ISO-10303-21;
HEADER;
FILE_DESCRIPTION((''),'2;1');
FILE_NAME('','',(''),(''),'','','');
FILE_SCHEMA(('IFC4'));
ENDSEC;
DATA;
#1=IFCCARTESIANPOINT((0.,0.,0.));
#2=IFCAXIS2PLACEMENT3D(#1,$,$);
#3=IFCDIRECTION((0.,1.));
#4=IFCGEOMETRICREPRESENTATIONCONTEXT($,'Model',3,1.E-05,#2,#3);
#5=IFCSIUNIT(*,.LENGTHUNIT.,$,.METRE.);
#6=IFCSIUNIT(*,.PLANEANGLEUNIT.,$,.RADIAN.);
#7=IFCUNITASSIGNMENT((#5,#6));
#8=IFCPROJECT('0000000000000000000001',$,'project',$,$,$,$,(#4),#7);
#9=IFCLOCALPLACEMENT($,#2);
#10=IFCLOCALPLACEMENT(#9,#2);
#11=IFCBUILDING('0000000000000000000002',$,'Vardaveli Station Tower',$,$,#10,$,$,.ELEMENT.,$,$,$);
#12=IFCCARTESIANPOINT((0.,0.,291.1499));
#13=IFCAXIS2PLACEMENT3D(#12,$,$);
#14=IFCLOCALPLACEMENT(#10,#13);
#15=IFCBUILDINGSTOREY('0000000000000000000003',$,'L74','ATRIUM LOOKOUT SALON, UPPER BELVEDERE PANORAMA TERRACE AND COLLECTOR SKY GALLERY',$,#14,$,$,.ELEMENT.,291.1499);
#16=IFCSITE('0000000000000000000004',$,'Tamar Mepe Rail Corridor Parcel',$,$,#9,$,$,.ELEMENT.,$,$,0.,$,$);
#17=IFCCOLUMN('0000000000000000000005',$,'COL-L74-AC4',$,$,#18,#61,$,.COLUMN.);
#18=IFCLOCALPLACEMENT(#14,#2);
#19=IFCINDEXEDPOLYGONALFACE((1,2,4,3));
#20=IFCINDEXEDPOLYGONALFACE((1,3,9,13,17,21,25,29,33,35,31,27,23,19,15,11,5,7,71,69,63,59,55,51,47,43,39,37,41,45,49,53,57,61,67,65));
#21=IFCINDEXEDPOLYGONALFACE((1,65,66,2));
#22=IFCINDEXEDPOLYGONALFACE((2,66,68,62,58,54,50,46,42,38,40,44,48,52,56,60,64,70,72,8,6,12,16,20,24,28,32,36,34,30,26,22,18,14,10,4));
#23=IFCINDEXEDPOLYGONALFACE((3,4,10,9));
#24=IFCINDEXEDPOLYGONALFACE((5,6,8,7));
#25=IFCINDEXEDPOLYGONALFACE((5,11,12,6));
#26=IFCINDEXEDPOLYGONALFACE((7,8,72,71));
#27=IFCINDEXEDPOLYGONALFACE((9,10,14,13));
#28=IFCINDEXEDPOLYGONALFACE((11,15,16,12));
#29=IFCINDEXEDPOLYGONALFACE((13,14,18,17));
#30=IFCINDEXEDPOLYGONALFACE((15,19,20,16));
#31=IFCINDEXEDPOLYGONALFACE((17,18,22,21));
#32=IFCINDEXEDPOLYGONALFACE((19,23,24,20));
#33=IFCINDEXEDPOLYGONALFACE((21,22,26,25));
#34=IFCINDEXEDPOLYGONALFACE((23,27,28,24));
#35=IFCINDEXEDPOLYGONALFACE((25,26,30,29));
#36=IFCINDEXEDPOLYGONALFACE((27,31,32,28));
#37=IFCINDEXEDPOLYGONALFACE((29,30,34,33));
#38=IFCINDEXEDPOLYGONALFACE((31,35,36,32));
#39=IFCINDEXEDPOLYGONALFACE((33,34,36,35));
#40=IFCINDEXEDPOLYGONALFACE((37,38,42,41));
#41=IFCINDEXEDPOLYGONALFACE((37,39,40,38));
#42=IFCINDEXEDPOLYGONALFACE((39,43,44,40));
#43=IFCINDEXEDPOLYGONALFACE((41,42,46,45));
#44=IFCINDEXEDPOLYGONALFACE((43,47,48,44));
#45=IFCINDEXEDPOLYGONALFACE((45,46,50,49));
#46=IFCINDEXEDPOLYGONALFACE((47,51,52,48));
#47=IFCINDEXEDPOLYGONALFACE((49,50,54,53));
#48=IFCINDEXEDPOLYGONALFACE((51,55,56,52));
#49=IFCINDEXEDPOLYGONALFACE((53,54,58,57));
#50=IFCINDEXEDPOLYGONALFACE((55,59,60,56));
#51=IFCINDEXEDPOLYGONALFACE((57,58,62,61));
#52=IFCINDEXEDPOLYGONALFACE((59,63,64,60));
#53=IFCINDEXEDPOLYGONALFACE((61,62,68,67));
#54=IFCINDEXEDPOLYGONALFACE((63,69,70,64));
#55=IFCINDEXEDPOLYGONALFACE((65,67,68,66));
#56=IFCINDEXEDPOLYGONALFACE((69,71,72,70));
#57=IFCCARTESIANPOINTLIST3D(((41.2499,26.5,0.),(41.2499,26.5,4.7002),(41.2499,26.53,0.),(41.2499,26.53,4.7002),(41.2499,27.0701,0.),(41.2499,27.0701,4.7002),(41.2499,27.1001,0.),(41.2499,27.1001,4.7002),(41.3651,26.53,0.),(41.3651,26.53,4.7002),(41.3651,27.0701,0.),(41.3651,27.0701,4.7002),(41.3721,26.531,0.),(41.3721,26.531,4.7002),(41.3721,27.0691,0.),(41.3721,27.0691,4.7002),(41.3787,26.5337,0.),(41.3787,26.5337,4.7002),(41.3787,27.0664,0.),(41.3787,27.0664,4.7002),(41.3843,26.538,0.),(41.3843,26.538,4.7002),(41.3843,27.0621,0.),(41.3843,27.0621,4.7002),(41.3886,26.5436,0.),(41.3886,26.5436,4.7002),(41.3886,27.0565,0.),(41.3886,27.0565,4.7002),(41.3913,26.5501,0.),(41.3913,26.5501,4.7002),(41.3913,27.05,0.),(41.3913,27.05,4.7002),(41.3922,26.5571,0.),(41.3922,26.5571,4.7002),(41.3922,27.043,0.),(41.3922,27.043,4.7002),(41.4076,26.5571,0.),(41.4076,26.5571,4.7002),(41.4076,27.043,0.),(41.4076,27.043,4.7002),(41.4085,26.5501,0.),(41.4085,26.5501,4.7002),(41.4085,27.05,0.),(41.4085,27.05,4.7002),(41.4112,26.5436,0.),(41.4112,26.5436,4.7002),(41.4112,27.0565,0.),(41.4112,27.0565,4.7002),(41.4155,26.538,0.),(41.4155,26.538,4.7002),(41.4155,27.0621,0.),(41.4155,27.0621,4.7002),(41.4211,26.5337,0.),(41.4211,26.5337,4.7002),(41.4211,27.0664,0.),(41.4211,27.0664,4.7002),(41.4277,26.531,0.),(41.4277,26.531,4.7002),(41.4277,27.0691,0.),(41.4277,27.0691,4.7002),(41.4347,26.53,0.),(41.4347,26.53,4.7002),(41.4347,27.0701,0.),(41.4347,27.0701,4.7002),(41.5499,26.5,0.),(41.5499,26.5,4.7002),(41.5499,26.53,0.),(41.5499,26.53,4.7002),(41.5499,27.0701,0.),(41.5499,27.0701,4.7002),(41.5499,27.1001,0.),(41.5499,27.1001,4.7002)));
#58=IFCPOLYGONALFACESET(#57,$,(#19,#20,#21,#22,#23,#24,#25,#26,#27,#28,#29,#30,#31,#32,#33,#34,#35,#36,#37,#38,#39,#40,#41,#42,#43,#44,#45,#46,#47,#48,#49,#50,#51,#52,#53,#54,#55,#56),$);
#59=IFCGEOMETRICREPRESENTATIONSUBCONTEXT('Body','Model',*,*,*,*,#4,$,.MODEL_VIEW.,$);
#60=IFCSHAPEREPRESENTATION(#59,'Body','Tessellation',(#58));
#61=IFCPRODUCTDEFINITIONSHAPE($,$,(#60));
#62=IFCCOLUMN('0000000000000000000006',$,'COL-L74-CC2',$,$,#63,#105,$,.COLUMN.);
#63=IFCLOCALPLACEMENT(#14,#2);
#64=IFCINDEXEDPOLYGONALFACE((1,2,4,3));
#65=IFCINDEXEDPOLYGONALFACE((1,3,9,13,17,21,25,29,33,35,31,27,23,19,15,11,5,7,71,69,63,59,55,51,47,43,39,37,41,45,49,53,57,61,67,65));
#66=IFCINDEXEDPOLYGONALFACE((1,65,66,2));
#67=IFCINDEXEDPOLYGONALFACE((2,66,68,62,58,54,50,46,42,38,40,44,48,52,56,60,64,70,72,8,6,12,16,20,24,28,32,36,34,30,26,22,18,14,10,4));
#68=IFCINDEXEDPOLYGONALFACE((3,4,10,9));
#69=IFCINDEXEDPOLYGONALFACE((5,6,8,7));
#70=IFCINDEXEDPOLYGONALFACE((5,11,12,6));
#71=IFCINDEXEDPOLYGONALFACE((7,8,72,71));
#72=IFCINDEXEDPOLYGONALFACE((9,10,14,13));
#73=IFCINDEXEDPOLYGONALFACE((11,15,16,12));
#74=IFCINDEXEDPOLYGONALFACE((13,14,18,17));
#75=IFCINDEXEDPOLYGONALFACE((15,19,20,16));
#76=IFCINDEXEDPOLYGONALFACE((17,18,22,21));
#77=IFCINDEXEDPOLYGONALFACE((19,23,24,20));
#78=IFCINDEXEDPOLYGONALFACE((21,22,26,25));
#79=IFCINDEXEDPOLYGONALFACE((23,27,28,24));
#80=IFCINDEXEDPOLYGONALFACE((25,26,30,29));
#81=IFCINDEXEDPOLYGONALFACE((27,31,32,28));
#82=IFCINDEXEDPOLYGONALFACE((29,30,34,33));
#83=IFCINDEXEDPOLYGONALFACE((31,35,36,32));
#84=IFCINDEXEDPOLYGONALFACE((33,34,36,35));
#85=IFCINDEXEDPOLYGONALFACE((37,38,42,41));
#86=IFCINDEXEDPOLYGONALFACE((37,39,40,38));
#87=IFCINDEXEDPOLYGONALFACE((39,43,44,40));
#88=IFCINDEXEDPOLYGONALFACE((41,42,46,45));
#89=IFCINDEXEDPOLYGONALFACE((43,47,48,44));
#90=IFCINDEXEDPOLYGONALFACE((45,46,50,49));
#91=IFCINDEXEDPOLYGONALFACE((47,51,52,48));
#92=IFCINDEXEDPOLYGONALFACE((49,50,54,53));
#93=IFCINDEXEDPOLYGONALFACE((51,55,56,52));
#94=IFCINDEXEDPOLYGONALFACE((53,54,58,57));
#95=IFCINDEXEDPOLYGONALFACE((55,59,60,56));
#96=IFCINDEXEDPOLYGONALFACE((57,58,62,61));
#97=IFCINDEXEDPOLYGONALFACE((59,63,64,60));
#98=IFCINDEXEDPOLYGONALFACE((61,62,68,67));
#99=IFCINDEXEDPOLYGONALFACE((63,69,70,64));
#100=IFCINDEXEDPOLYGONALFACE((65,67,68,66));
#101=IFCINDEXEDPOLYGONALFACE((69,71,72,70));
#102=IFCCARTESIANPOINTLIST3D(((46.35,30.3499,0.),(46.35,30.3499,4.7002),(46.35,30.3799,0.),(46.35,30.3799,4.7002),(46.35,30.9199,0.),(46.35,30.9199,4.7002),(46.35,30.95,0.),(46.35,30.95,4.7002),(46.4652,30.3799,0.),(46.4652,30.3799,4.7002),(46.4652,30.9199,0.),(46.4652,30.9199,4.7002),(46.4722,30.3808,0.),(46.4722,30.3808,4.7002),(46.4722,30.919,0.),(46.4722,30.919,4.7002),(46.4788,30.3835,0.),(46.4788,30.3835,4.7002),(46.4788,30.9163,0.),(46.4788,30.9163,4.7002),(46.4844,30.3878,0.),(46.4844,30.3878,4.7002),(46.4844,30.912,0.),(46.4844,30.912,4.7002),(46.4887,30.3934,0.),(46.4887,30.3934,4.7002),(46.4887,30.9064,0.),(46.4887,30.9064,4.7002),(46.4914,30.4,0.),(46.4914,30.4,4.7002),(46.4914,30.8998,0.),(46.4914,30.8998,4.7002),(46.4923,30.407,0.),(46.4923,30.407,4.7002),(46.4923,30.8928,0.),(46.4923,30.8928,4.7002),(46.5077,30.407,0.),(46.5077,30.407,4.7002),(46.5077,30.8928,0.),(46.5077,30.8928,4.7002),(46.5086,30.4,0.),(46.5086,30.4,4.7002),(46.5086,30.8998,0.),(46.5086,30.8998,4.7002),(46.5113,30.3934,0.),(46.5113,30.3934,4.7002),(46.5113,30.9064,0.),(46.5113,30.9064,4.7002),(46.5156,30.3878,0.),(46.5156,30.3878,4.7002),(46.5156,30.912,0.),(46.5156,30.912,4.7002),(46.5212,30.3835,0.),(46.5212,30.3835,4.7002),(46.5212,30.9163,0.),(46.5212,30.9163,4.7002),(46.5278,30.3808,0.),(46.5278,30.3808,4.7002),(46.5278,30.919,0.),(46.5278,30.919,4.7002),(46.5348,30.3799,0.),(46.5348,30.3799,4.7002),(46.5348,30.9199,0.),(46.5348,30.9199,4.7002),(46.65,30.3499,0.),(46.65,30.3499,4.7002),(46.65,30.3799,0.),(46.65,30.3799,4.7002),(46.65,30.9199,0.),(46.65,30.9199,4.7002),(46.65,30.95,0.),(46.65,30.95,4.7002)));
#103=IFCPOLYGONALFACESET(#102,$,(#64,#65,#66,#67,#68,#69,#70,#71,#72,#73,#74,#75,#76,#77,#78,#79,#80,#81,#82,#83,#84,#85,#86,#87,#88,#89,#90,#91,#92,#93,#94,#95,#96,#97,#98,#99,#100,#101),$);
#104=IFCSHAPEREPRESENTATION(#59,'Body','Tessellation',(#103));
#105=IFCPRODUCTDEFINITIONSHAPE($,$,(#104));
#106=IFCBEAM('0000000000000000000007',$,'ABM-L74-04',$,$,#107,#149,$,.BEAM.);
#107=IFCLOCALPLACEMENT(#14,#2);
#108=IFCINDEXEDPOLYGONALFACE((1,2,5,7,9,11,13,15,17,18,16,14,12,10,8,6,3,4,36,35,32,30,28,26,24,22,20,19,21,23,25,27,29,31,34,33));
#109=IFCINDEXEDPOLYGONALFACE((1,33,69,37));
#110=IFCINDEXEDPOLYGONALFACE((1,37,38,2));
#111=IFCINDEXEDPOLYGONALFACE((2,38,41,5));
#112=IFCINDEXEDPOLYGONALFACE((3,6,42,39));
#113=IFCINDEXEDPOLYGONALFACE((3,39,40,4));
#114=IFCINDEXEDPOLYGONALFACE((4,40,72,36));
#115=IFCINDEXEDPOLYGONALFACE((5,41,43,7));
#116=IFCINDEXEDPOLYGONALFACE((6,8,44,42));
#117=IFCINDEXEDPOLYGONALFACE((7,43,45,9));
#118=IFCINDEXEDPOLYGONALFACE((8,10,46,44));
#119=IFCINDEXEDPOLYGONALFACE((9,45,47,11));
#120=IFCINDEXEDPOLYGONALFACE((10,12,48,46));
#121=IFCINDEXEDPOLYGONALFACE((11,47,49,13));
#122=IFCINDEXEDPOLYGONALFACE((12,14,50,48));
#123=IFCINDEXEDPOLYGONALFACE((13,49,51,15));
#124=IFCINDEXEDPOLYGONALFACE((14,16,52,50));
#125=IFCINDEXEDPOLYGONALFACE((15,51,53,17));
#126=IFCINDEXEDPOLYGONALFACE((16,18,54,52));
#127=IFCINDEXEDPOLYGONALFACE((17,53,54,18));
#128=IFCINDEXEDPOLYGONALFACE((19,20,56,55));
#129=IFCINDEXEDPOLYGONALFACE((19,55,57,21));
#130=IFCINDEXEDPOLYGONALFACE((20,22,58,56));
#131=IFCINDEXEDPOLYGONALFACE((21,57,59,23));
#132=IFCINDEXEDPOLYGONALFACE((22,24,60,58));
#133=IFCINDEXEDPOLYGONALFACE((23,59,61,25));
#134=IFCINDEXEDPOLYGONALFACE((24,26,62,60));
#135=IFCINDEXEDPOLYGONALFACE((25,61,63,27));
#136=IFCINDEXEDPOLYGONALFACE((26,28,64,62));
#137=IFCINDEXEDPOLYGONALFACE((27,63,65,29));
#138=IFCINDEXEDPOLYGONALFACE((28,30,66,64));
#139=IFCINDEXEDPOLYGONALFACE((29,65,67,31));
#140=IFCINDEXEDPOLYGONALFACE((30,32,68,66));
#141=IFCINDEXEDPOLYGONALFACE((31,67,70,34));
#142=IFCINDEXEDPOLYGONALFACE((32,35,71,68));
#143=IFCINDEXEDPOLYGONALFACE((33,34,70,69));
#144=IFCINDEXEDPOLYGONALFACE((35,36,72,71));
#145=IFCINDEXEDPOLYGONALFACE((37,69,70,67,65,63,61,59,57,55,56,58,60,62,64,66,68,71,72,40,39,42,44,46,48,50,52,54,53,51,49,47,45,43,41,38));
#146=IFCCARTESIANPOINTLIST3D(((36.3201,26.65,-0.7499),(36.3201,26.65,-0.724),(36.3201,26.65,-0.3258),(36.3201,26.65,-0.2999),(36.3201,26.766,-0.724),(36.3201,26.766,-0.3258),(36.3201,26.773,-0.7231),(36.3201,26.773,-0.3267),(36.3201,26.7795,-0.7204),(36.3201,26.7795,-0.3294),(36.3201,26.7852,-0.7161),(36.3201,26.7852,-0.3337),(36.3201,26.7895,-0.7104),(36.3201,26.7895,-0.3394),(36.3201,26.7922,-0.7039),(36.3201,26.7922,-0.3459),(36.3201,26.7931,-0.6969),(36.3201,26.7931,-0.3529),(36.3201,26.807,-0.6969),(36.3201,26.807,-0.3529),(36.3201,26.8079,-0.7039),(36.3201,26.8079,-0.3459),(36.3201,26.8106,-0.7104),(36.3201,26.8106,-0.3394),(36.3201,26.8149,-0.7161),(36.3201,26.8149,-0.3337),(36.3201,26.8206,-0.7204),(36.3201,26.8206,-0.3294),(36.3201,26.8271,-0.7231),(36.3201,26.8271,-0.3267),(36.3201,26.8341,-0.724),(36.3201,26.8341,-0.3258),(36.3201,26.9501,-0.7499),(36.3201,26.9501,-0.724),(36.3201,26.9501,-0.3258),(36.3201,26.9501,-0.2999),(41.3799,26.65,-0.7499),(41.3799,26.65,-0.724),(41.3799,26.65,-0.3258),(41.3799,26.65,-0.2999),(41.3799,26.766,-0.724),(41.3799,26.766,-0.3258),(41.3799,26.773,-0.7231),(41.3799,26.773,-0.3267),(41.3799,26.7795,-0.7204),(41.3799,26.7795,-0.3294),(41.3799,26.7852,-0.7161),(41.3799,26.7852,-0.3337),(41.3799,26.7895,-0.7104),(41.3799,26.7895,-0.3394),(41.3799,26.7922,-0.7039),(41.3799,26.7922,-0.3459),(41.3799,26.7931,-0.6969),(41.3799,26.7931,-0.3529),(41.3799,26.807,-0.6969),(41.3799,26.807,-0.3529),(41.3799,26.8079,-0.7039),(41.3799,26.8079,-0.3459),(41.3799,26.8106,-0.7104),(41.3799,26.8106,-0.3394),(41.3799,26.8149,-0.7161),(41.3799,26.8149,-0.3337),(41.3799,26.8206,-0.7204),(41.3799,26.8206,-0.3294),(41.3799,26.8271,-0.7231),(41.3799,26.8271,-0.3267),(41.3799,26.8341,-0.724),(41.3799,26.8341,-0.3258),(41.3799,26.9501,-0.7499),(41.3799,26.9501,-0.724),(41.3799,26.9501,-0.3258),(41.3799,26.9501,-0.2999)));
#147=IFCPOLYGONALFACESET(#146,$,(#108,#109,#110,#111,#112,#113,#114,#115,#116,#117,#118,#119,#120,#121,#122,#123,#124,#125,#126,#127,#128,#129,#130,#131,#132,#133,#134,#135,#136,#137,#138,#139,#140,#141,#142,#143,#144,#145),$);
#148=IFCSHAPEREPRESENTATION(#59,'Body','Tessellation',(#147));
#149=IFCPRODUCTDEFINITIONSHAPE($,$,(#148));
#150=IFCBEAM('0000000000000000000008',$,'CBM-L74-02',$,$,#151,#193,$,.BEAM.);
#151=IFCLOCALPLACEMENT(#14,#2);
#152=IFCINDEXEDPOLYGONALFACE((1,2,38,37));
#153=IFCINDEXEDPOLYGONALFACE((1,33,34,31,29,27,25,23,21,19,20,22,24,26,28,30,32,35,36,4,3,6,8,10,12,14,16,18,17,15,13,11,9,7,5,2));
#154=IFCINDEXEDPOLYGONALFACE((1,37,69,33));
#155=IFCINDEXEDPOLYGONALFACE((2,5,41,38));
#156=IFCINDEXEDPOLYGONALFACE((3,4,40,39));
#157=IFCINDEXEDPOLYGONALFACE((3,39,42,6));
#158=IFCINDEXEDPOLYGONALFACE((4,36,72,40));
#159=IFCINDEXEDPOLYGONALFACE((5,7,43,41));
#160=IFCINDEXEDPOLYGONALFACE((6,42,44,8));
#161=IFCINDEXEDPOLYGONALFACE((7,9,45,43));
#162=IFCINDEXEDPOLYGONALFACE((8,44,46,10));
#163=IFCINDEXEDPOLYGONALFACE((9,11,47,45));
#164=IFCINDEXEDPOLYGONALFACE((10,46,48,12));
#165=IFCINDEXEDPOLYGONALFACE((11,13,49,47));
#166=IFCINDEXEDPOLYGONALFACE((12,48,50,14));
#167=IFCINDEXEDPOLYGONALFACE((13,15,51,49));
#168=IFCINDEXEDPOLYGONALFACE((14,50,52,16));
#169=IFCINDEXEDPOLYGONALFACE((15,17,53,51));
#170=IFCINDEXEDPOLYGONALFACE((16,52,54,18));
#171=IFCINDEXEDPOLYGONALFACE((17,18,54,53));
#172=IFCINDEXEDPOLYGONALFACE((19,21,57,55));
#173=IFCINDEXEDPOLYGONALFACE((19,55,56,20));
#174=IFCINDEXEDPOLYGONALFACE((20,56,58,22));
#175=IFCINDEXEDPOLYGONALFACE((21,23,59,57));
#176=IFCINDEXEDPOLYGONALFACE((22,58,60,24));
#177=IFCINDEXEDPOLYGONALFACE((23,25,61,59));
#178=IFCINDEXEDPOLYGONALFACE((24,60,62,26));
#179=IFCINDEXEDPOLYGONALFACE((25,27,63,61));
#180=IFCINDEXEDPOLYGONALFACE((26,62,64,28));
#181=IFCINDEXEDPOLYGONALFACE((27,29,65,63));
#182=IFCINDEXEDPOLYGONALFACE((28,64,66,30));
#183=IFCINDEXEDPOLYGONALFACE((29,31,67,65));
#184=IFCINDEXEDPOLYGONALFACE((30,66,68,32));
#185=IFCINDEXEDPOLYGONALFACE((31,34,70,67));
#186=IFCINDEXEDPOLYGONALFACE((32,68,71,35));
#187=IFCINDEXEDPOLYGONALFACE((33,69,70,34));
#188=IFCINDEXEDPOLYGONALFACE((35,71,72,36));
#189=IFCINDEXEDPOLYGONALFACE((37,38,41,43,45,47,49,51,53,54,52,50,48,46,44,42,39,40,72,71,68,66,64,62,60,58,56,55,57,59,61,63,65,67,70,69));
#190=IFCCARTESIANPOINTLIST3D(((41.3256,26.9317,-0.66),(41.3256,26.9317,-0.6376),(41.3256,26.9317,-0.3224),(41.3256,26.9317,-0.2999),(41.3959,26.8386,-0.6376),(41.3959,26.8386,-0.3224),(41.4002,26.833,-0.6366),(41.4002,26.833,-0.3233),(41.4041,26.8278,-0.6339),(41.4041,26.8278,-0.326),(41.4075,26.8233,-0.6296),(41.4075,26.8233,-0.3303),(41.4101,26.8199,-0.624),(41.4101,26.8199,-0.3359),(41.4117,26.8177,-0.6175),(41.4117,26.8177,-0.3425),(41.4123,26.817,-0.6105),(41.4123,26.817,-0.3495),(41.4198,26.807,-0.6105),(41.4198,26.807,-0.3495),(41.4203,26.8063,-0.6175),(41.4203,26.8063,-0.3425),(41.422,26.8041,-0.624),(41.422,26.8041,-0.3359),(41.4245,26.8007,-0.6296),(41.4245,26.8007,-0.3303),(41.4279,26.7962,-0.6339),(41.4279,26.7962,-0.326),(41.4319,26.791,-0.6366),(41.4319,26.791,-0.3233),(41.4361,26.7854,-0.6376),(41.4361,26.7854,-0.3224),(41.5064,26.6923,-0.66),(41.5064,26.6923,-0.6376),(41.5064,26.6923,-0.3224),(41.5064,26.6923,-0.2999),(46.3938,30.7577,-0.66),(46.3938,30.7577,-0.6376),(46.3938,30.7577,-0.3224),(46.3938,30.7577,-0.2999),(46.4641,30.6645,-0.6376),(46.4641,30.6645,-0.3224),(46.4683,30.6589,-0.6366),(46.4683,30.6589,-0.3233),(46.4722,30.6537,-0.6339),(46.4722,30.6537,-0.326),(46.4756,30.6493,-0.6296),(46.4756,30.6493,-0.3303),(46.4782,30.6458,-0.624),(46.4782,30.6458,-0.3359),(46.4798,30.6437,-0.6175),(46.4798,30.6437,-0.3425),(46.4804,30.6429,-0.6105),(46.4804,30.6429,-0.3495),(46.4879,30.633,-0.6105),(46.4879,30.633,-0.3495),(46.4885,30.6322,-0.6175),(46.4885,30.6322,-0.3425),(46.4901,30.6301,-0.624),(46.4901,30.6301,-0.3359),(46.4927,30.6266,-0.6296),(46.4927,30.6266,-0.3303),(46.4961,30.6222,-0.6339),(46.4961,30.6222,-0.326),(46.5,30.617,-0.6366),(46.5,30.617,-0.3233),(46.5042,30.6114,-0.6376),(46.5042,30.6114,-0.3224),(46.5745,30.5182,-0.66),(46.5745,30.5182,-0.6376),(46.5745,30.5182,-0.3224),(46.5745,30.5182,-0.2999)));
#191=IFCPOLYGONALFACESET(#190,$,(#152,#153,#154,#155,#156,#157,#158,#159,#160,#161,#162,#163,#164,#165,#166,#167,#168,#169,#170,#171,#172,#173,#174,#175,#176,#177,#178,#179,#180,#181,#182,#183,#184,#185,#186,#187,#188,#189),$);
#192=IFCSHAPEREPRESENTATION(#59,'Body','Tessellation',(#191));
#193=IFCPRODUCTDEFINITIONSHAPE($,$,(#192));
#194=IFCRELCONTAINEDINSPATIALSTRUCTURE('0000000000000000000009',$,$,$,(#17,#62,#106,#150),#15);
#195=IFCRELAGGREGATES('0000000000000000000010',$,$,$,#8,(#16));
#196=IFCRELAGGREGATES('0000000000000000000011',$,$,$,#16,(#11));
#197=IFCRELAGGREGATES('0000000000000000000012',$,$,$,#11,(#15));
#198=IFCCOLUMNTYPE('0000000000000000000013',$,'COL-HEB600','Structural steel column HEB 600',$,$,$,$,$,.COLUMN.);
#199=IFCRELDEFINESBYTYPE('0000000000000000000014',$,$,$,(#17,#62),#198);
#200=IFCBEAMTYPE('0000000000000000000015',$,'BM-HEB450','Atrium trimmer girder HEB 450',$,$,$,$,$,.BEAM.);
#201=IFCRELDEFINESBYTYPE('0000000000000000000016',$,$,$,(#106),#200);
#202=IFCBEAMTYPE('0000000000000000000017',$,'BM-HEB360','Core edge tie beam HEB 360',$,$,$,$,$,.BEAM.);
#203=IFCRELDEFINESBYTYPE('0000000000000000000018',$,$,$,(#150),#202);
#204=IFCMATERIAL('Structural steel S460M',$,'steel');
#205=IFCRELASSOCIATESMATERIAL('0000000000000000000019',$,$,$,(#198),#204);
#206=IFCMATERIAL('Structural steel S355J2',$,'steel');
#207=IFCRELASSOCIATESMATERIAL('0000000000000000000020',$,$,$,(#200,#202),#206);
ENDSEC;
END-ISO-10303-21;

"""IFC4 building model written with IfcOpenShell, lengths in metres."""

from ifc_helpers import new_model, si_unit, direction, frame, origin, origin_2d, place, context, subcontext, project, spatial, i_section, extrude, source, transform, mapped, material, material_profile, profile_set, type_object, element, save


model = new_model("IFC4")

# Units and contexts
model_context = context("Model", 3, precision=1e-05, world=origin(), true_north=direction((0.0, 1.0)))
body_context = subcontext(model_context, "Body", "Model", "MODEL_VIEW")
ifc_project = project(units=[si_unit("LENGTHUNIT", "METRE"), si_unit("PLANEANGLEUNIT", "RADIAN")], contexts=[model_context])

# Site, building, storey
site_placement = place(None, origin())
site = spatial("IfcSite", under=ifc_project, at=site_placement, Name="Tamar Mepe Rail Corridor Parcel", CompositionType="ELEMENT", RefElevation=0.0)
building_placement = place(site_placement, origin())
building = spatial("IfcBuilding", under=site, at=building_placement, Name="Vardaveli Station Tower", CompositionType="ELEMENT")
storey_placement = place(building_placement, frame((0.0, 0.0, 291.1499)))
storey = spatial("IfcBuildingStorey", under=building, at=storey_placement, Name="L74", Description="ATRIUM LOOKOUT SALON, UPPER BELVEDERE PANORAMA TERRACE AND COLLECTOR SKY GALLERY", CompositionType="ELEMENT", Elevation=291.1499)

# Columns
ifc_material_1 = material(Name="Structural steel S460M", Category="steel")
ifc_material_profile_1 = material_profile(ifc_material_1, i_section(OverallWidth=0.3, OverallDepth=0.6001, WebThickness=0.0154, FlangeThickness=0.03, FilletRadius=0.0271, at=origin_2d()), Name="HEB 600")
ifc_profile_set_1 = profile_set([ifc_material_profile_1], Name="Structural steel S460M")
column_type = type_object("IfcColumnType", Name="COL-HEB600", Description="Structural steel column HEB 600", PredefinedType="COLUMN", material=ifc_profile_set_1)
shared_shape_1 = source(origin(), body_context, "Body", "SweptSolid", [
    extrude(i_section(OverallWidth=0.3, OverallDepth=0.6001, WebThickness=0.0154, FlangeThickness=0.03, FilletRadius=0.0271, at=origin_2d()), origin(), (0.0, 0.0, 1.0), 4.7002),
])
for number, where, z_axis, x_axis, name in (
    (1, (41.3999, 26.8, 0.0), (0.0, 0.0, 1.0), (1.0, 0.0, 0.0), "COL-L74-AC4"),
    (2, (46.5, 30.6499, 0.0), (0.0, 0.0, 1.0), (1.0, 0.0, 0.0), "COL-L74-CC2"),
):
    element("IfcColumn", number, at=place(storey_placement, frame(where, z_axis=z_axis, x_axis=x_axis)), inside=storey, type_object=column_type, Name=name, PredefinedType="COLUMN", context=body_context, shape_type="MappedRepresentation", body=[
        mapped(shared_shape_1, transform((0.0, 0.0, 0.0), scale=1.0)),
    ])

# Beams
ifc_material_2 = material(Name="Structural steel S355J2", Category="steel")
ifc_material_profile_2 = material_profile(ifc_material_2, i_section(OverallWidth=0.3, OverallDepth=0.45, WebThickness=0.0139, FlangeThickness=0.0259, FilletRadius=0.0271, at=origin_2d()), Name="HEB 450")
ifc_profile_set_2 = profile_set([ifc_material_profile_2], Name="Structural steel S355J2")
beam_type_1 = type_object("IfcBeamType", Name="BM-HEB450", Description="Atrium trimmer girder HEB 450", PredefinedType="BEAM", material=ifc_profile_set_2)
shared_shape_2 = source(origin(), body_context, "Body", "SweptSolid", [
    extrude(i_section(OverallWidth=0.3, OverallDepth=0.45, WebThickness=0.0139, FlangeThickness=0.0259, FilletRadius=0.0271, at=origin_2d()), origin(), (0.0, 0.0, 1.0), 5.0598),
])
beam_1_placement = place(storey_placement, frame((41.3799, 26.8, -0.5249), z_axis=(-1.0, 0.0, 0.0), x_axis=(0.0, -1.0, 0.0)))
element("IfcBeam", 3, at=beam_1_placement, inside=storey, type_object=beam_type_1, Name="ABM-L74-04", PredefinedType="BEAM", context=body_context, shape_type="MappedRepresentation", body=[
    mapped(shared_shape_2, transform((0.0, 0.0, 0.0), scale=1.0)),
])
ifc_material_profile_3 = material_profile(ifc_material_2, i_section(OverallWidth=0.3, OverallDepth=0.3601, WebThickness=0.0125, FlangeThickness=0.0225, FilletRadius=0.0271, at=origin_2d()), Name="HEB 360")
ifc_profile_set_3 = profile_set([ifc_material_profile_3], Name="Structural steel S355J2")
beam_type_2 = type_object("IfcBeamType", Name="BM-HEB360", Description="Core edge tie beam HEB 360", PredefinedType="BEAM", material=ifc_profile_set_3)
shared_shape_3 = source(origin(), body_context, "Body", "SweptSolid", [
    extrude(i_section(OverallWidth=0.3, OverallDepth=0.3601, WebThickness=0.0125, FlangeThickness=0.0225, FilletRadius=0.0271, at=origin_2d()), origin(), (0.0, 0.0, 1.0), 6.3501),
])
beam_2_placement = place(storey_placement, frame((41.416, 26.812, -0.48), z_axis=(0.798118, 0.602501, 0.0), x_axis=(-0.602501, 0.798118, 0.0)))
element("IfcBeam", 4, at=beam_2_placement, inside=storey, type_object=beam_type_2, Name="CBM-L74-02", PredefinedType="BEAM", context=body_context, shape_type="MappedRepresentation", body=[
    mapped(shared_shape_3, transform((0.0, 0.0, 0.0), scale=1.0)),
])

save(model, "model.ifc")
